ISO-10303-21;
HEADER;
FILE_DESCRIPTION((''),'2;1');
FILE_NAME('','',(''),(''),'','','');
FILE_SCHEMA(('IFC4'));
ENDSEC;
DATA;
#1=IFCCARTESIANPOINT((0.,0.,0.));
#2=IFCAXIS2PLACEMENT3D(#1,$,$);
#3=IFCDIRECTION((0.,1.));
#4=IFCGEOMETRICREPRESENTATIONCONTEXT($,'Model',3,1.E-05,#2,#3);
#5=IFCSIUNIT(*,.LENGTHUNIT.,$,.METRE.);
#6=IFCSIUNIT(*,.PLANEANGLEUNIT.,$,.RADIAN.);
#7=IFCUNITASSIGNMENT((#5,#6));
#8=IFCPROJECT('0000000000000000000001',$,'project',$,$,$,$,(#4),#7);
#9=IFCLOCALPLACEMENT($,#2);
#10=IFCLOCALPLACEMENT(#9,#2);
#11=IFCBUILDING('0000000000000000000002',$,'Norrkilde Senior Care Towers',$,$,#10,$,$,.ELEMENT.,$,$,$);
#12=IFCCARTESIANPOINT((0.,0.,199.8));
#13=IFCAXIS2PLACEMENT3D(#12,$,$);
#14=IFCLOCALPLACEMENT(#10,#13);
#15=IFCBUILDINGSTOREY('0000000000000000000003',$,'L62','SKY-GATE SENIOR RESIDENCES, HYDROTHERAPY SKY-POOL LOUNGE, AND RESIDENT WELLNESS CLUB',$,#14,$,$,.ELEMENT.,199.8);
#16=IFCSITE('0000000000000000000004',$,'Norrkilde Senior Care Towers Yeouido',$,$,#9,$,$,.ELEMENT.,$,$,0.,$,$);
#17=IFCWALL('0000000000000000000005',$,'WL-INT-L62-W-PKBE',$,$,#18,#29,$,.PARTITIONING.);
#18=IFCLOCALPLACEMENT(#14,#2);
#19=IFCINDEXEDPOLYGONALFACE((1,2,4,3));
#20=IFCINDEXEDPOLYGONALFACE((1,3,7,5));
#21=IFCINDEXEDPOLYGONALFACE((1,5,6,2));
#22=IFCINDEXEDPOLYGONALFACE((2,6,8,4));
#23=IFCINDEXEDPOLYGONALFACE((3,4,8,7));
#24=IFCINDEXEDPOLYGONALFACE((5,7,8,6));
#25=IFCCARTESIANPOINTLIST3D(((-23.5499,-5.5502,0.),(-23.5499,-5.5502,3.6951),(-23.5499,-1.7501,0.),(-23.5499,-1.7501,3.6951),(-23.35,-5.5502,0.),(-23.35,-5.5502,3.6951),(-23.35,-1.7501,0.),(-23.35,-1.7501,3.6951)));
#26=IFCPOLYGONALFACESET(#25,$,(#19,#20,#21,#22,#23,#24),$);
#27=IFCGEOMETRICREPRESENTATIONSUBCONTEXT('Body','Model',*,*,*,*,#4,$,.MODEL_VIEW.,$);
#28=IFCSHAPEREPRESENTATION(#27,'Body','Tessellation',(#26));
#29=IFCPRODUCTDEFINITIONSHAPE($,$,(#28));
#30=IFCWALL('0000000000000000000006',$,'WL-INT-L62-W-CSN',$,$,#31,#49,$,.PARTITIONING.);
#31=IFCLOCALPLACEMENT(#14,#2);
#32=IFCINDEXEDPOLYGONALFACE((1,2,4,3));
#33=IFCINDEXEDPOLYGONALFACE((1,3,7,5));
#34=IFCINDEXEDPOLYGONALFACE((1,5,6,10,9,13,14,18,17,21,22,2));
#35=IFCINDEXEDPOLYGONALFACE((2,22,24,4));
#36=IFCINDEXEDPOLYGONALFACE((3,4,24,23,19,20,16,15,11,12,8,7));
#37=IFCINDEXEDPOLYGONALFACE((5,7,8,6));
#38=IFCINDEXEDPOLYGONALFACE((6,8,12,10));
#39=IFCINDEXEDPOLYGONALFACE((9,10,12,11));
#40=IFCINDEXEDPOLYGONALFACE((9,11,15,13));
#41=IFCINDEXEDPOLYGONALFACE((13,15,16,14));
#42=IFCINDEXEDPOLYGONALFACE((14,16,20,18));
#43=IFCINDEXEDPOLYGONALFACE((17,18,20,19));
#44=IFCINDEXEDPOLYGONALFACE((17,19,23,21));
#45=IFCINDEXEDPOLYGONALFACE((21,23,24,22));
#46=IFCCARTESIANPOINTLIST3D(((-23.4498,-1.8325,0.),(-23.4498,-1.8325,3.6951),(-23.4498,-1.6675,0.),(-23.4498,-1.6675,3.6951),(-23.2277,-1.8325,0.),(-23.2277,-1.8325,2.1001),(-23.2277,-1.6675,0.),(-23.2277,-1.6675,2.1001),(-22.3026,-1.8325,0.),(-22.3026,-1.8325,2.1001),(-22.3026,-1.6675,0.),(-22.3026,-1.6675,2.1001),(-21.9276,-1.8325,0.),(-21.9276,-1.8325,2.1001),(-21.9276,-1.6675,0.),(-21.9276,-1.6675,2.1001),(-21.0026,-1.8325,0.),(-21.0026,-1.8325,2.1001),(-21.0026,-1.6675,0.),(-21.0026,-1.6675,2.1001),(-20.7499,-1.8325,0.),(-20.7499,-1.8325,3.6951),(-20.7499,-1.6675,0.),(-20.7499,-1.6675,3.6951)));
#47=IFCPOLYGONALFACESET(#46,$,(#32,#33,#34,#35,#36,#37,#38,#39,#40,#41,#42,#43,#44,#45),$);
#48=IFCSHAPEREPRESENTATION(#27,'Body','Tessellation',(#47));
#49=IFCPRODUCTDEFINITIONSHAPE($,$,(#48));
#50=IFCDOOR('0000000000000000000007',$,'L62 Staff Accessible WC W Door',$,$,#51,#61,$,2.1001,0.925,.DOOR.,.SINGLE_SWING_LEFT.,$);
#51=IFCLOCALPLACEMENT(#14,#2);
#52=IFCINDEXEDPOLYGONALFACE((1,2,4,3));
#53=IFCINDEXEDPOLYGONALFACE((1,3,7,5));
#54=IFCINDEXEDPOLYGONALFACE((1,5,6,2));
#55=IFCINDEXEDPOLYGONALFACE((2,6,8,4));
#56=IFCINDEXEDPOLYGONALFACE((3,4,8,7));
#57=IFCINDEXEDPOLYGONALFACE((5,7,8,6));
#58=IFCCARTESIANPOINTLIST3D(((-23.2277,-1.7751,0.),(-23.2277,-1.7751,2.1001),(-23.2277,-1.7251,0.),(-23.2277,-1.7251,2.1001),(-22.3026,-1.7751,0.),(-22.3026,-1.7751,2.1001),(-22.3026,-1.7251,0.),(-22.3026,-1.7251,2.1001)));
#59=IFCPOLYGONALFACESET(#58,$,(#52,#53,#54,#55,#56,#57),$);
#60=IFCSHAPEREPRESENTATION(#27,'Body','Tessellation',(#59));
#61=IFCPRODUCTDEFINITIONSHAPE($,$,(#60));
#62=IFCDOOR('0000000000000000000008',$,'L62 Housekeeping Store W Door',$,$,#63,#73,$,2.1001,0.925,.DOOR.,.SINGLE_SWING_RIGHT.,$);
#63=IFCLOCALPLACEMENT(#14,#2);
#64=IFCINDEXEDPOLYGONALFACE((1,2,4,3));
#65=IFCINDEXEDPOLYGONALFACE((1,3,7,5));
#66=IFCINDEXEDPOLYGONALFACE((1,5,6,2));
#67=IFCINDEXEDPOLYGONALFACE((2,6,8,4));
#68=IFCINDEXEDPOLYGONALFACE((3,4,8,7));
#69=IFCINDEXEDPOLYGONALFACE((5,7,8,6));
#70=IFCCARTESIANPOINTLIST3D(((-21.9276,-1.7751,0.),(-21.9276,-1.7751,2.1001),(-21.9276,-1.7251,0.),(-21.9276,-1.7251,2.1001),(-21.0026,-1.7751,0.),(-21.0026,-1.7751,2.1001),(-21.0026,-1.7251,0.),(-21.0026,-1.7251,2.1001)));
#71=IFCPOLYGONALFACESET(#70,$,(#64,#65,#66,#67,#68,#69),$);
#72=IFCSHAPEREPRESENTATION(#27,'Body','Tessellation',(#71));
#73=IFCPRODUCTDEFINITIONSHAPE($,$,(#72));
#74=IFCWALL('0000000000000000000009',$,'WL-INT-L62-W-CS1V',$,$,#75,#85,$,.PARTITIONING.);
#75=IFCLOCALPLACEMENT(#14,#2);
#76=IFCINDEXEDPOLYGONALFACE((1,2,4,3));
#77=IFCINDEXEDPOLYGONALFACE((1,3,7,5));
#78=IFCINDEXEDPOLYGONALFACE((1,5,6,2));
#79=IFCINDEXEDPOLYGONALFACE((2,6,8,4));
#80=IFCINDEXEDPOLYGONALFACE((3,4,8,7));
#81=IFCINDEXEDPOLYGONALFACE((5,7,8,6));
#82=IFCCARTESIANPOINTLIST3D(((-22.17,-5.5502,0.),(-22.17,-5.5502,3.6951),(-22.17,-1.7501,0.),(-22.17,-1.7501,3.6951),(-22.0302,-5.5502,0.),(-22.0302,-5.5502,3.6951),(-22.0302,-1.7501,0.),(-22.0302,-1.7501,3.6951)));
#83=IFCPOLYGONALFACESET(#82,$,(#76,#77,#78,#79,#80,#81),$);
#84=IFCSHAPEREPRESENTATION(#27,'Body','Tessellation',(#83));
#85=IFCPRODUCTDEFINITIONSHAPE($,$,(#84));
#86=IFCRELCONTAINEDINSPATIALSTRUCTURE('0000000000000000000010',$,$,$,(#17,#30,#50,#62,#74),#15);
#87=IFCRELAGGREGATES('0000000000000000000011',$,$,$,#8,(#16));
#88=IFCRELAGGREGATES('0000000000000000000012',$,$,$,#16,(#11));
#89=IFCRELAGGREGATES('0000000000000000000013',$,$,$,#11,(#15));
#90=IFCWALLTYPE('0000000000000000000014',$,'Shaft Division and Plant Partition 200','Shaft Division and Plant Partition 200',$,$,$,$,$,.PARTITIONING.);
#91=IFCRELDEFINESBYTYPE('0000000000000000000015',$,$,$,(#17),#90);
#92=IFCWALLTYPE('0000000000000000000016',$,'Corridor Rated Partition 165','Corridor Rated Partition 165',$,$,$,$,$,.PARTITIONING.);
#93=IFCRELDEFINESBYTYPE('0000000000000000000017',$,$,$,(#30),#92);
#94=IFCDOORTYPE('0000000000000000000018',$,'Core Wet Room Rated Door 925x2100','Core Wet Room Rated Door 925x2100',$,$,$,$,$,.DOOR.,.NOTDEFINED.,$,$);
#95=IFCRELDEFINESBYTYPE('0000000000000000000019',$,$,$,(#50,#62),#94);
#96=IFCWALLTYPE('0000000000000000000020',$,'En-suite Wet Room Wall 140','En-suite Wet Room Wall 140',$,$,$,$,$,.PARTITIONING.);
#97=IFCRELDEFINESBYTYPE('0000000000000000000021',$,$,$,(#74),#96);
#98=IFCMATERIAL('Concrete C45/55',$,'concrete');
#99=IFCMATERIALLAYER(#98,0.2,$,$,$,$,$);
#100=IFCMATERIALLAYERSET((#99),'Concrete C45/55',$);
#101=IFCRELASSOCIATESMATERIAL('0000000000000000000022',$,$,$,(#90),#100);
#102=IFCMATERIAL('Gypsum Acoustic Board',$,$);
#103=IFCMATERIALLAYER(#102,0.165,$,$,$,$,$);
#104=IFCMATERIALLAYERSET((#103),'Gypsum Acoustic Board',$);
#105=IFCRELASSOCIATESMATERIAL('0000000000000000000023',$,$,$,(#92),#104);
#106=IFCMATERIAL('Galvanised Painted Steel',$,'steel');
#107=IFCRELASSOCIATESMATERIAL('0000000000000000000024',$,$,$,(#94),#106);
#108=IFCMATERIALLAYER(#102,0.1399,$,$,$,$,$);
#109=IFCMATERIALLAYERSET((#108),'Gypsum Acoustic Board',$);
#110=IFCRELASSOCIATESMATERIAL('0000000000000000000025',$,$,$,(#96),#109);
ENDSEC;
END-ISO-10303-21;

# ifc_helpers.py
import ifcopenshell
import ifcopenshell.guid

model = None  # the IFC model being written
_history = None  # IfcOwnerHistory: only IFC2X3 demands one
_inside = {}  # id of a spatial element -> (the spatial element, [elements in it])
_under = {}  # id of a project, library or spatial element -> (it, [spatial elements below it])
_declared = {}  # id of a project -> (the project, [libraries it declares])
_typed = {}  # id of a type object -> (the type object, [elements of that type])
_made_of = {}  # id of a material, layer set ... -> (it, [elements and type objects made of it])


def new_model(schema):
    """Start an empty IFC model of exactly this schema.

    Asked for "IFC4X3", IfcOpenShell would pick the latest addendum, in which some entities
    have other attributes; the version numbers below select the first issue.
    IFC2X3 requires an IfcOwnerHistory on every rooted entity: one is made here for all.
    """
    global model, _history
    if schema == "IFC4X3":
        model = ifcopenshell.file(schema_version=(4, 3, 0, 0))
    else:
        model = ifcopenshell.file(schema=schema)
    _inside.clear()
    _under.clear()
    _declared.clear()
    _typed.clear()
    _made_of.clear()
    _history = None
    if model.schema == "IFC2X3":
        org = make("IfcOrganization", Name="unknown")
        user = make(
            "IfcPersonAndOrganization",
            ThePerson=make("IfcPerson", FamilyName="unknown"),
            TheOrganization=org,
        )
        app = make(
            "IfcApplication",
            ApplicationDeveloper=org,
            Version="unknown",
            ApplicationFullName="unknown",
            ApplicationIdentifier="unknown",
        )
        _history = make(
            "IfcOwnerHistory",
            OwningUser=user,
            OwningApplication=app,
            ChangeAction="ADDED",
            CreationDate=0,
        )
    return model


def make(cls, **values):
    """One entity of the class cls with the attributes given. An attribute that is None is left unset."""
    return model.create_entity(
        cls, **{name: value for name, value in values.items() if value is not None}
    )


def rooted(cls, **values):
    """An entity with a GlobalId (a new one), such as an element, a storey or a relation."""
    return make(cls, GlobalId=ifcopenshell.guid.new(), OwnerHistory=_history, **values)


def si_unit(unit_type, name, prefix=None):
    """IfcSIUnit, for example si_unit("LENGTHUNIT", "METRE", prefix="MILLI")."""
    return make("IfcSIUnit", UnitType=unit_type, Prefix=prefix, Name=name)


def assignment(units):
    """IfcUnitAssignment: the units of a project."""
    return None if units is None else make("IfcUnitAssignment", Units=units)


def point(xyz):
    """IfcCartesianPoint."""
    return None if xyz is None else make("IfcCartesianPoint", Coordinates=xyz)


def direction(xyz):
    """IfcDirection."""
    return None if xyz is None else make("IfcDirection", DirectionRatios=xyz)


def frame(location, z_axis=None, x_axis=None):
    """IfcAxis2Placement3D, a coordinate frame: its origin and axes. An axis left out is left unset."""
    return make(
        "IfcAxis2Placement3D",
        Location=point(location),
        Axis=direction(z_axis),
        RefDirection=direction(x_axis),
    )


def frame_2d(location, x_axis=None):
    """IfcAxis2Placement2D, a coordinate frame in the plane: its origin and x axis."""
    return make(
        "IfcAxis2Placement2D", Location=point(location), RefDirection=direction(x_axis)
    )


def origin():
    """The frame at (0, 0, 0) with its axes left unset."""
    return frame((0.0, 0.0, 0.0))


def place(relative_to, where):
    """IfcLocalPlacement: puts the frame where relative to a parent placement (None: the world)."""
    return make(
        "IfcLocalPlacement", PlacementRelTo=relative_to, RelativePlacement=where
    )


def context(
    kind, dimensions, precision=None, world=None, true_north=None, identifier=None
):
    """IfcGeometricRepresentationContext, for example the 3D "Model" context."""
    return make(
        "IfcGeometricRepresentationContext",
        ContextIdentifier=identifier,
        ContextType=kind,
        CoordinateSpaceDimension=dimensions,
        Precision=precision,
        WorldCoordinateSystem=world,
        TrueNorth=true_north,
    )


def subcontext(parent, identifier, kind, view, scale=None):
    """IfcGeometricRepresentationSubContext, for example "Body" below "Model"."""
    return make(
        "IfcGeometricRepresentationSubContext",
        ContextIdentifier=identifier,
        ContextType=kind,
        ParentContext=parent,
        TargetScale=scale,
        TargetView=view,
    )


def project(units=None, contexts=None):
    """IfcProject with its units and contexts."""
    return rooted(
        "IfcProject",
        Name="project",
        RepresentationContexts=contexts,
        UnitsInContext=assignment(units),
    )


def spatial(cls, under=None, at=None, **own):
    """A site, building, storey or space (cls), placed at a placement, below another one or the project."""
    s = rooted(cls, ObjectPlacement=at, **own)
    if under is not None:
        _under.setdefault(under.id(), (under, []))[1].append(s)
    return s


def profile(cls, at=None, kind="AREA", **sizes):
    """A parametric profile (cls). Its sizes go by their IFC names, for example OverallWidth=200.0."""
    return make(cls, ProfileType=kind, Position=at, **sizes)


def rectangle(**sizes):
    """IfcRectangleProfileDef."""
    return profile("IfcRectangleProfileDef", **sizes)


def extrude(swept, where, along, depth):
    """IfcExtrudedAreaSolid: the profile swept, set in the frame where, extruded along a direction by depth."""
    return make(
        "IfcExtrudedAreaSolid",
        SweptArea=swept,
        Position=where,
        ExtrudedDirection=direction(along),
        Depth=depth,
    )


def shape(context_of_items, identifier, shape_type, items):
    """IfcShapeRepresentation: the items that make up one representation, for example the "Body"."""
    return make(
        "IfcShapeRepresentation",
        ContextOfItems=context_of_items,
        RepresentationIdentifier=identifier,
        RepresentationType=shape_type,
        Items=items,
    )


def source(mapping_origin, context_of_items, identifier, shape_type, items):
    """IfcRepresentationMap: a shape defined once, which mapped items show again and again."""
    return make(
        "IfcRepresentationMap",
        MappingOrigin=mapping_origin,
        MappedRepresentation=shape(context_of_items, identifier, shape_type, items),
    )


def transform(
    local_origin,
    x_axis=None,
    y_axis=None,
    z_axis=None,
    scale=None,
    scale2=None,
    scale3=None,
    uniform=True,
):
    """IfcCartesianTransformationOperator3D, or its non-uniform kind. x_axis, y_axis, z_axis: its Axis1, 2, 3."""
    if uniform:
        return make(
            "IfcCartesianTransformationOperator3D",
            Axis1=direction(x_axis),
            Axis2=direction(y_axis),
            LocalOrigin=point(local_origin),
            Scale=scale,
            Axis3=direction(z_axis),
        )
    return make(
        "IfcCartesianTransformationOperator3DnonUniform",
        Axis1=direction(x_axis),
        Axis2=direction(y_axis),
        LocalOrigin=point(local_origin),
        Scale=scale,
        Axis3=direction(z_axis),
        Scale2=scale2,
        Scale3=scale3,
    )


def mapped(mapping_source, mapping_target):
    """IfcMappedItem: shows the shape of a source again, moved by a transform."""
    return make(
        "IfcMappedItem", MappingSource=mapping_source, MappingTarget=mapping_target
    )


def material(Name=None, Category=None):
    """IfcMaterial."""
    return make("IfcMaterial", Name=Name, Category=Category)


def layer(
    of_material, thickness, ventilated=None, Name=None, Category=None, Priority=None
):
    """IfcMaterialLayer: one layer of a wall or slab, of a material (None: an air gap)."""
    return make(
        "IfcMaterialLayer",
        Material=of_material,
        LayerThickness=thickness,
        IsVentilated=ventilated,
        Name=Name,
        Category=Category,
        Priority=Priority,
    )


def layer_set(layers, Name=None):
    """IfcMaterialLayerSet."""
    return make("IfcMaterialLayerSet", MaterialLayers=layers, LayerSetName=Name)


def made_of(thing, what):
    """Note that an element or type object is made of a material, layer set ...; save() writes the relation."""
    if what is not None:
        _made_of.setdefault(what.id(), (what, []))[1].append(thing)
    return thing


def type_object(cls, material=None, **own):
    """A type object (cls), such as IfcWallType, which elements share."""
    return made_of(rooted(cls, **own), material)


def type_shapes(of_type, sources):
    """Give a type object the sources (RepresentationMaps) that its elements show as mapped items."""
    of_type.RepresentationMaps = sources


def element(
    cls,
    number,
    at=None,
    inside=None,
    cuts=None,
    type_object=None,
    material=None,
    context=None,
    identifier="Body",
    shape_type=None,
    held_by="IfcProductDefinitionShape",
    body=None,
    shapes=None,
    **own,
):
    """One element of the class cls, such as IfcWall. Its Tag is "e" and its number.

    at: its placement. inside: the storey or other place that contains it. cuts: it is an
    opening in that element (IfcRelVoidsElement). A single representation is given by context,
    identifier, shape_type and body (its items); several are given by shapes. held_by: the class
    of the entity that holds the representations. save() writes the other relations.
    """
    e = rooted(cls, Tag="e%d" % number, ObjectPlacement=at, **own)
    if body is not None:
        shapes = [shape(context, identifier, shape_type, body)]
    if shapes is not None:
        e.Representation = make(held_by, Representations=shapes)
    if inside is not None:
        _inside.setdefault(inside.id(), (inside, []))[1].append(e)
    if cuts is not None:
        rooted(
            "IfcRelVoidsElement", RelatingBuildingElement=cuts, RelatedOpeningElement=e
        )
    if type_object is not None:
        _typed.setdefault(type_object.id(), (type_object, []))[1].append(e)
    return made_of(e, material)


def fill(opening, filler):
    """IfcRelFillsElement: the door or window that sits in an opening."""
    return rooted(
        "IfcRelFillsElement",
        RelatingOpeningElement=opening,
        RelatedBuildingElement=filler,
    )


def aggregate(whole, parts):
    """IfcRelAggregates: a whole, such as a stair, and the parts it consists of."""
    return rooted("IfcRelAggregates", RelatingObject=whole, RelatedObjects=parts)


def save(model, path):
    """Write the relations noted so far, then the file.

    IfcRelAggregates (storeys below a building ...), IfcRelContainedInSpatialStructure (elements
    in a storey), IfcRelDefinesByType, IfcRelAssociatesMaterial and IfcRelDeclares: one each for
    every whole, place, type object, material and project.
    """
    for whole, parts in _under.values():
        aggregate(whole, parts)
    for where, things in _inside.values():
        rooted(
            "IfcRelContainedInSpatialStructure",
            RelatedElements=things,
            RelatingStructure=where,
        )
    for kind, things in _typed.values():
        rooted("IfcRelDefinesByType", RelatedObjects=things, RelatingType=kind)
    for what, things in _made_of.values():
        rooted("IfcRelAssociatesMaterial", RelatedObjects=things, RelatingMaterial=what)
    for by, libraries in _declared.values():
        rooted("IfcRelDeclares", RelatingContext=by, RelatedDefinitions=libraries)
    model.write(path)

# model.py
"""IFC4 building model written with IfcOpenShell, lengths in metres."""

from ifc_helpers import new_model, si_unit, direction, frame, frame_2d, origin, place, context, subcontext, project, spatial, rectangle, extrude, source, transform, mapped, material, layer, layer_set, type_object, type_shapes, element, fill, save


model = new_model("IFC4")

# Units and contexts
model_context = context("Model", 3, precision=1e-05, world=origin(), true_north=direction((0.0, 1.0)))
body_context = subcontext(model_context, "Body", "Model", "MODEL_VIEW")
ifc_project = project(units=[si_unit("LENGTHUNIT", "METRE"), si_unit("PLANEANGLEUNIT", "RADIAN")], contexts=[model_context])

# Site, building, storey
site_placement = place(None, origin())
site = spatial("IfcSite", under=ifc_project, at=site_placement, Name="Norrkilde Senior Care Towers Yeouido", CompositionType="ELEMENT", RefElevation=0.0)
building_placement = place(site_placement, origin())
building = spatial("IfcBuilding", under=site, at=building_placement, Name="Norrkilde Senior Care Towers", CompositionType="ELEMENT")
storey_placement = place(building_placement, frame((0.0, 0.0, 199.8)))
storey = spatial("IfcBuildingStorey", under=building, at=storey_placement, Name="L62", Description="SKY-GATE SENIOR RESIDENCES, HYDROTHERAPY SKY-POOL LOUNGE, AND RESIDENT WELLNESS CLUB", CompositionType="ELEMENT", Elevation=199.8)

# Wall
ifc_material_1 = material(Name="Concrete C45/55", Category="concrete")
ifc_layer_1 = layer(ifc_material_1, 0.2)
ifc_layer_set_1 = layer_set([ifc_layer_1], Name="Concrete C45/55")
wall_type_1 = type_object("IfcWallType", Name="Shaft Division and Plant Partition 200", Description="Shaft Division and Plant Partition 200", PredefinedType="PARTITIONING", material=ifc_layer_set_1)
shared_shape_1 = source(origin(), body_context, "Body", "SweptSolid", [
    extrude(rectangle(XDim=3.8, YDim=0.2, at=frame_2d((1.8999, 0.0))), origin(), (0.0, 0.0, 1.0), 3.6951),
])
type_shapes(wall_type_1, [shared_shape_1])
wall_1_placement = place(storey_placement, frame((-23.45, -5.55, 0.0), z_axis=(0.0, 0.0, 1.0), x_axis=(0.0, 1.0, 0.0)))
element("IfcWall", 1, at=wall_1_placement, inside=storey, type_object=wall_type_1, Name="WL-INT-L62-W-PKBE", PredefinedType="PARTITIONING", context=body_context, shape_type="MappedRepresentation", body=[
    mapped(shared_shape_1, transform((0.0, 0.0, 0.0), x_axis=(1.0, 0.0, 0.0), y_axis=(0.0, 1.0, 0.0), z_axis=(0.0, 0.0, 1.0), scale=1.0)),
])

# Wall, openings, doors
ifc_material_2 = material(Name="Gypsum Acoustic Board")
ifc_layer_2 = layer(ifc_material_2, 0.165)
ifc_layer_set_2 = layer_set([ifc_layer_2], Name="Gypsum Acoustic Board")
wall_type_2 = type_object("IfcWallType", Name="Corridor Rated Partition 165", Description="Corridor Rated Partition 165", PredefinedType="PARTITIONING", material=ifc_layer_set_2)
shared_shape_2 = source(origin(), body_context, "Body", "SweptSolid", [
    extrude(rectangle(XDim=2.7, YDim=0.165, at=frame_2d((1.3501, 0.0))), origin(), (0.0, 0.0, 1.0), 3.6951),
])
wall_2_placement = place(storey_placement, frame((-23.45, -1.75, 0.0), z_axis=(0.0, 0.0, 1.0), x_axis=(1.0, 0.0, 0.0)))
wall_2 = element("IfcWall", 2, at=wall_2_placement, inside=storey, type_object=wall_type_2, Name="WL-INT-L62-W-CSN", PredefinedType="PARTITIONING", context=body_context, shape_type="MappedRepresentation", body=[
    mapped(shared_shape_2, transform((0.0, 0.0, 0.0), x_axis=(1.0, 0.0, 0.0), y_axis=(0.0, 1.0, 0.0), z_axis=(0.0, 0.0, 1.0), scale=1.0)),
])
opening_1_placement = place(wall_2_placement, frame((0.2224, 0.0, 0.0)))
opening_1 = element("IfcOpeningElement", 3, at=opening_1_placement, cuts=wall_2, PredefinedType="OPENING", context=body_context, shape_type="SweptSolid", body=[
    extrude(rectangle(XDim=0.925, YDim=2.1001, at=frame_2d((0.4624, 1.05))), frame((0.0, 0.0925, 0.0), z_axis=(0.0, -1.0, 0.0), x_axis=(1.0, 0.0, 0.0)), (0.0, 0.0, 1.0), 0.1851),
])
opening_2_placement = place(wall_2_placement, frame((1.5225, 0.0, 0.0)))
opening_2 = element("IfcOpeningElement", 4, at=opening_2_placement, cuts=wall_2, PredefinedType="OPENING", context=body_context, shape_type="SweptSolid", body=[
    extrude(rectangle(XDim=0.925, YDim=2.1001, at=frame_2d((0.4624, 1.05))), frame((0.0, 0.0925, 0.0), z_axis=(0.0, -1.0, 0.0), x_axis=(1.0, 0.0, 0.0)), (0.0, 0.0, 1.0), 0.1851),
])
ifc_material_3 = material(Name="Galvanised Painted Steel", Category="steel")
door_type_1 = type_object("IfcDoorType", Name="Core Wet Room Rated Door 925x2100", Description="Core Wet Room Rated Door 925x2100", OperationType="NOTDEFINED", PredefinedType="DOOR", material=ifc_material_3)
shared_shape_3 = source(origin(), body_context, "Body", "SweptSolid", [
    extrude(rectangle(XDim=0.925, YDim=2.1001, at=frame_2d((0.4624, 1.05))), frame((0.0, 0.0249, 0.0), z_axis=(0.0, -1.0, 0.0), x_axis=(1.0, 0.0, 0.0)), (0.0, 0.0, 1.0), 0.05),
])
type_shapes(door_type_1, [shared_shape_3])
door_1_placement = place(opening_1_placement, origin())
door_1 = element("IfcDoor", 5, at=door_1_placement, inside=storey, type_object=door_type_1, Name="L62 Staff Accessible WC W Door", OperationType="SINGLE_SWING_LEFT", OverallHeight=2.1001, OverallWidth=0.925, PredefinedType="DOOR", context=body_context, shape_type="MappedRepresentation", body=[
    mapped(shared_shape_3, transform((0.0, 0.0, 0.0), x_axis=(1.0, 0.0, 0.0), y_axis=(0.0, 1.0, 0.0), z_axis=(0.0, 0.0, 1.0), scale=1.0)),
])
fill(opening_1, door_1)
door_2_placement = place(opening_2_placement, origin())
door_2 = element("IfcDoor", 6, at=door_2_placement, inside=storey, type_object=door_type_1, Name="L62 Housekeeping Store W Door", OperationType="SINGLE_SWING_RIGHT", OverallHeight=2.1001, OverallWidth=0.925, PredefinedType="DOOR", context=body_context, shape_type="MappedRepresentation", body=[
    mapped(shared_shape_3, transform((0.0, 0.0, 0.0), x_axis=(1.0, 0.0, 0.0), y_axis=(0.0, 1.0, 0.0), z_axis=(0.0, 0.0, 1.0), scale=1.0)),
])
fill(opening_2, door_2)

# Wall
ifc_layer_3 = layer(ifc_material_2, 0.1399)
ifc_layer_set_3 = layer_set([ifc_layer_3], Name="Gypsum Acoustic Board")
wall_type_3 = type_object("IfcWallType", Name="En-suite Wet Room Wall 140", Description="En-suite Wet Room Wall 140", PredefinedType="PARTITIONING", material=ifc_layer_set_3)
shared_shape_4 = source(origin(), body_context, "Body", "SweptSolid", [
    extrude(rectangle(XDim=3.8, YDim=0.1399, at=frame_2d((1.8999, 0.0))), origin(), (0.0, 0.0, 1.0), 3.6951),
])
type_shapes(wall_type_3, [shared_shape_4])
wall_3_placement = place(storey_placement, frame((-22.1001, -5.55, 0.0), z_axis=(0.0, 0.0, 1.0), x_axis=(0.0, 1.0, 0.0)))
element("IfcWall", 7, at=wall_3_placement, inside=storey, type_object=wall_type_3, Name="WL-INT-L62-W-CS1V", PredefinedType="PARTITIONING", context=body_context, shape_type="MappedRepresentation", body=[
    mapped(shared_shape_4, transform((0.0, 0.0, 0.0), x_axis=(1.0, 0.0, 0.0), y_axis=(0.0, 1.0, 0.0), z_axis=(0.0, 0.0, 1.0), scale=1.0)),
])

save(model, "model.ifc")
